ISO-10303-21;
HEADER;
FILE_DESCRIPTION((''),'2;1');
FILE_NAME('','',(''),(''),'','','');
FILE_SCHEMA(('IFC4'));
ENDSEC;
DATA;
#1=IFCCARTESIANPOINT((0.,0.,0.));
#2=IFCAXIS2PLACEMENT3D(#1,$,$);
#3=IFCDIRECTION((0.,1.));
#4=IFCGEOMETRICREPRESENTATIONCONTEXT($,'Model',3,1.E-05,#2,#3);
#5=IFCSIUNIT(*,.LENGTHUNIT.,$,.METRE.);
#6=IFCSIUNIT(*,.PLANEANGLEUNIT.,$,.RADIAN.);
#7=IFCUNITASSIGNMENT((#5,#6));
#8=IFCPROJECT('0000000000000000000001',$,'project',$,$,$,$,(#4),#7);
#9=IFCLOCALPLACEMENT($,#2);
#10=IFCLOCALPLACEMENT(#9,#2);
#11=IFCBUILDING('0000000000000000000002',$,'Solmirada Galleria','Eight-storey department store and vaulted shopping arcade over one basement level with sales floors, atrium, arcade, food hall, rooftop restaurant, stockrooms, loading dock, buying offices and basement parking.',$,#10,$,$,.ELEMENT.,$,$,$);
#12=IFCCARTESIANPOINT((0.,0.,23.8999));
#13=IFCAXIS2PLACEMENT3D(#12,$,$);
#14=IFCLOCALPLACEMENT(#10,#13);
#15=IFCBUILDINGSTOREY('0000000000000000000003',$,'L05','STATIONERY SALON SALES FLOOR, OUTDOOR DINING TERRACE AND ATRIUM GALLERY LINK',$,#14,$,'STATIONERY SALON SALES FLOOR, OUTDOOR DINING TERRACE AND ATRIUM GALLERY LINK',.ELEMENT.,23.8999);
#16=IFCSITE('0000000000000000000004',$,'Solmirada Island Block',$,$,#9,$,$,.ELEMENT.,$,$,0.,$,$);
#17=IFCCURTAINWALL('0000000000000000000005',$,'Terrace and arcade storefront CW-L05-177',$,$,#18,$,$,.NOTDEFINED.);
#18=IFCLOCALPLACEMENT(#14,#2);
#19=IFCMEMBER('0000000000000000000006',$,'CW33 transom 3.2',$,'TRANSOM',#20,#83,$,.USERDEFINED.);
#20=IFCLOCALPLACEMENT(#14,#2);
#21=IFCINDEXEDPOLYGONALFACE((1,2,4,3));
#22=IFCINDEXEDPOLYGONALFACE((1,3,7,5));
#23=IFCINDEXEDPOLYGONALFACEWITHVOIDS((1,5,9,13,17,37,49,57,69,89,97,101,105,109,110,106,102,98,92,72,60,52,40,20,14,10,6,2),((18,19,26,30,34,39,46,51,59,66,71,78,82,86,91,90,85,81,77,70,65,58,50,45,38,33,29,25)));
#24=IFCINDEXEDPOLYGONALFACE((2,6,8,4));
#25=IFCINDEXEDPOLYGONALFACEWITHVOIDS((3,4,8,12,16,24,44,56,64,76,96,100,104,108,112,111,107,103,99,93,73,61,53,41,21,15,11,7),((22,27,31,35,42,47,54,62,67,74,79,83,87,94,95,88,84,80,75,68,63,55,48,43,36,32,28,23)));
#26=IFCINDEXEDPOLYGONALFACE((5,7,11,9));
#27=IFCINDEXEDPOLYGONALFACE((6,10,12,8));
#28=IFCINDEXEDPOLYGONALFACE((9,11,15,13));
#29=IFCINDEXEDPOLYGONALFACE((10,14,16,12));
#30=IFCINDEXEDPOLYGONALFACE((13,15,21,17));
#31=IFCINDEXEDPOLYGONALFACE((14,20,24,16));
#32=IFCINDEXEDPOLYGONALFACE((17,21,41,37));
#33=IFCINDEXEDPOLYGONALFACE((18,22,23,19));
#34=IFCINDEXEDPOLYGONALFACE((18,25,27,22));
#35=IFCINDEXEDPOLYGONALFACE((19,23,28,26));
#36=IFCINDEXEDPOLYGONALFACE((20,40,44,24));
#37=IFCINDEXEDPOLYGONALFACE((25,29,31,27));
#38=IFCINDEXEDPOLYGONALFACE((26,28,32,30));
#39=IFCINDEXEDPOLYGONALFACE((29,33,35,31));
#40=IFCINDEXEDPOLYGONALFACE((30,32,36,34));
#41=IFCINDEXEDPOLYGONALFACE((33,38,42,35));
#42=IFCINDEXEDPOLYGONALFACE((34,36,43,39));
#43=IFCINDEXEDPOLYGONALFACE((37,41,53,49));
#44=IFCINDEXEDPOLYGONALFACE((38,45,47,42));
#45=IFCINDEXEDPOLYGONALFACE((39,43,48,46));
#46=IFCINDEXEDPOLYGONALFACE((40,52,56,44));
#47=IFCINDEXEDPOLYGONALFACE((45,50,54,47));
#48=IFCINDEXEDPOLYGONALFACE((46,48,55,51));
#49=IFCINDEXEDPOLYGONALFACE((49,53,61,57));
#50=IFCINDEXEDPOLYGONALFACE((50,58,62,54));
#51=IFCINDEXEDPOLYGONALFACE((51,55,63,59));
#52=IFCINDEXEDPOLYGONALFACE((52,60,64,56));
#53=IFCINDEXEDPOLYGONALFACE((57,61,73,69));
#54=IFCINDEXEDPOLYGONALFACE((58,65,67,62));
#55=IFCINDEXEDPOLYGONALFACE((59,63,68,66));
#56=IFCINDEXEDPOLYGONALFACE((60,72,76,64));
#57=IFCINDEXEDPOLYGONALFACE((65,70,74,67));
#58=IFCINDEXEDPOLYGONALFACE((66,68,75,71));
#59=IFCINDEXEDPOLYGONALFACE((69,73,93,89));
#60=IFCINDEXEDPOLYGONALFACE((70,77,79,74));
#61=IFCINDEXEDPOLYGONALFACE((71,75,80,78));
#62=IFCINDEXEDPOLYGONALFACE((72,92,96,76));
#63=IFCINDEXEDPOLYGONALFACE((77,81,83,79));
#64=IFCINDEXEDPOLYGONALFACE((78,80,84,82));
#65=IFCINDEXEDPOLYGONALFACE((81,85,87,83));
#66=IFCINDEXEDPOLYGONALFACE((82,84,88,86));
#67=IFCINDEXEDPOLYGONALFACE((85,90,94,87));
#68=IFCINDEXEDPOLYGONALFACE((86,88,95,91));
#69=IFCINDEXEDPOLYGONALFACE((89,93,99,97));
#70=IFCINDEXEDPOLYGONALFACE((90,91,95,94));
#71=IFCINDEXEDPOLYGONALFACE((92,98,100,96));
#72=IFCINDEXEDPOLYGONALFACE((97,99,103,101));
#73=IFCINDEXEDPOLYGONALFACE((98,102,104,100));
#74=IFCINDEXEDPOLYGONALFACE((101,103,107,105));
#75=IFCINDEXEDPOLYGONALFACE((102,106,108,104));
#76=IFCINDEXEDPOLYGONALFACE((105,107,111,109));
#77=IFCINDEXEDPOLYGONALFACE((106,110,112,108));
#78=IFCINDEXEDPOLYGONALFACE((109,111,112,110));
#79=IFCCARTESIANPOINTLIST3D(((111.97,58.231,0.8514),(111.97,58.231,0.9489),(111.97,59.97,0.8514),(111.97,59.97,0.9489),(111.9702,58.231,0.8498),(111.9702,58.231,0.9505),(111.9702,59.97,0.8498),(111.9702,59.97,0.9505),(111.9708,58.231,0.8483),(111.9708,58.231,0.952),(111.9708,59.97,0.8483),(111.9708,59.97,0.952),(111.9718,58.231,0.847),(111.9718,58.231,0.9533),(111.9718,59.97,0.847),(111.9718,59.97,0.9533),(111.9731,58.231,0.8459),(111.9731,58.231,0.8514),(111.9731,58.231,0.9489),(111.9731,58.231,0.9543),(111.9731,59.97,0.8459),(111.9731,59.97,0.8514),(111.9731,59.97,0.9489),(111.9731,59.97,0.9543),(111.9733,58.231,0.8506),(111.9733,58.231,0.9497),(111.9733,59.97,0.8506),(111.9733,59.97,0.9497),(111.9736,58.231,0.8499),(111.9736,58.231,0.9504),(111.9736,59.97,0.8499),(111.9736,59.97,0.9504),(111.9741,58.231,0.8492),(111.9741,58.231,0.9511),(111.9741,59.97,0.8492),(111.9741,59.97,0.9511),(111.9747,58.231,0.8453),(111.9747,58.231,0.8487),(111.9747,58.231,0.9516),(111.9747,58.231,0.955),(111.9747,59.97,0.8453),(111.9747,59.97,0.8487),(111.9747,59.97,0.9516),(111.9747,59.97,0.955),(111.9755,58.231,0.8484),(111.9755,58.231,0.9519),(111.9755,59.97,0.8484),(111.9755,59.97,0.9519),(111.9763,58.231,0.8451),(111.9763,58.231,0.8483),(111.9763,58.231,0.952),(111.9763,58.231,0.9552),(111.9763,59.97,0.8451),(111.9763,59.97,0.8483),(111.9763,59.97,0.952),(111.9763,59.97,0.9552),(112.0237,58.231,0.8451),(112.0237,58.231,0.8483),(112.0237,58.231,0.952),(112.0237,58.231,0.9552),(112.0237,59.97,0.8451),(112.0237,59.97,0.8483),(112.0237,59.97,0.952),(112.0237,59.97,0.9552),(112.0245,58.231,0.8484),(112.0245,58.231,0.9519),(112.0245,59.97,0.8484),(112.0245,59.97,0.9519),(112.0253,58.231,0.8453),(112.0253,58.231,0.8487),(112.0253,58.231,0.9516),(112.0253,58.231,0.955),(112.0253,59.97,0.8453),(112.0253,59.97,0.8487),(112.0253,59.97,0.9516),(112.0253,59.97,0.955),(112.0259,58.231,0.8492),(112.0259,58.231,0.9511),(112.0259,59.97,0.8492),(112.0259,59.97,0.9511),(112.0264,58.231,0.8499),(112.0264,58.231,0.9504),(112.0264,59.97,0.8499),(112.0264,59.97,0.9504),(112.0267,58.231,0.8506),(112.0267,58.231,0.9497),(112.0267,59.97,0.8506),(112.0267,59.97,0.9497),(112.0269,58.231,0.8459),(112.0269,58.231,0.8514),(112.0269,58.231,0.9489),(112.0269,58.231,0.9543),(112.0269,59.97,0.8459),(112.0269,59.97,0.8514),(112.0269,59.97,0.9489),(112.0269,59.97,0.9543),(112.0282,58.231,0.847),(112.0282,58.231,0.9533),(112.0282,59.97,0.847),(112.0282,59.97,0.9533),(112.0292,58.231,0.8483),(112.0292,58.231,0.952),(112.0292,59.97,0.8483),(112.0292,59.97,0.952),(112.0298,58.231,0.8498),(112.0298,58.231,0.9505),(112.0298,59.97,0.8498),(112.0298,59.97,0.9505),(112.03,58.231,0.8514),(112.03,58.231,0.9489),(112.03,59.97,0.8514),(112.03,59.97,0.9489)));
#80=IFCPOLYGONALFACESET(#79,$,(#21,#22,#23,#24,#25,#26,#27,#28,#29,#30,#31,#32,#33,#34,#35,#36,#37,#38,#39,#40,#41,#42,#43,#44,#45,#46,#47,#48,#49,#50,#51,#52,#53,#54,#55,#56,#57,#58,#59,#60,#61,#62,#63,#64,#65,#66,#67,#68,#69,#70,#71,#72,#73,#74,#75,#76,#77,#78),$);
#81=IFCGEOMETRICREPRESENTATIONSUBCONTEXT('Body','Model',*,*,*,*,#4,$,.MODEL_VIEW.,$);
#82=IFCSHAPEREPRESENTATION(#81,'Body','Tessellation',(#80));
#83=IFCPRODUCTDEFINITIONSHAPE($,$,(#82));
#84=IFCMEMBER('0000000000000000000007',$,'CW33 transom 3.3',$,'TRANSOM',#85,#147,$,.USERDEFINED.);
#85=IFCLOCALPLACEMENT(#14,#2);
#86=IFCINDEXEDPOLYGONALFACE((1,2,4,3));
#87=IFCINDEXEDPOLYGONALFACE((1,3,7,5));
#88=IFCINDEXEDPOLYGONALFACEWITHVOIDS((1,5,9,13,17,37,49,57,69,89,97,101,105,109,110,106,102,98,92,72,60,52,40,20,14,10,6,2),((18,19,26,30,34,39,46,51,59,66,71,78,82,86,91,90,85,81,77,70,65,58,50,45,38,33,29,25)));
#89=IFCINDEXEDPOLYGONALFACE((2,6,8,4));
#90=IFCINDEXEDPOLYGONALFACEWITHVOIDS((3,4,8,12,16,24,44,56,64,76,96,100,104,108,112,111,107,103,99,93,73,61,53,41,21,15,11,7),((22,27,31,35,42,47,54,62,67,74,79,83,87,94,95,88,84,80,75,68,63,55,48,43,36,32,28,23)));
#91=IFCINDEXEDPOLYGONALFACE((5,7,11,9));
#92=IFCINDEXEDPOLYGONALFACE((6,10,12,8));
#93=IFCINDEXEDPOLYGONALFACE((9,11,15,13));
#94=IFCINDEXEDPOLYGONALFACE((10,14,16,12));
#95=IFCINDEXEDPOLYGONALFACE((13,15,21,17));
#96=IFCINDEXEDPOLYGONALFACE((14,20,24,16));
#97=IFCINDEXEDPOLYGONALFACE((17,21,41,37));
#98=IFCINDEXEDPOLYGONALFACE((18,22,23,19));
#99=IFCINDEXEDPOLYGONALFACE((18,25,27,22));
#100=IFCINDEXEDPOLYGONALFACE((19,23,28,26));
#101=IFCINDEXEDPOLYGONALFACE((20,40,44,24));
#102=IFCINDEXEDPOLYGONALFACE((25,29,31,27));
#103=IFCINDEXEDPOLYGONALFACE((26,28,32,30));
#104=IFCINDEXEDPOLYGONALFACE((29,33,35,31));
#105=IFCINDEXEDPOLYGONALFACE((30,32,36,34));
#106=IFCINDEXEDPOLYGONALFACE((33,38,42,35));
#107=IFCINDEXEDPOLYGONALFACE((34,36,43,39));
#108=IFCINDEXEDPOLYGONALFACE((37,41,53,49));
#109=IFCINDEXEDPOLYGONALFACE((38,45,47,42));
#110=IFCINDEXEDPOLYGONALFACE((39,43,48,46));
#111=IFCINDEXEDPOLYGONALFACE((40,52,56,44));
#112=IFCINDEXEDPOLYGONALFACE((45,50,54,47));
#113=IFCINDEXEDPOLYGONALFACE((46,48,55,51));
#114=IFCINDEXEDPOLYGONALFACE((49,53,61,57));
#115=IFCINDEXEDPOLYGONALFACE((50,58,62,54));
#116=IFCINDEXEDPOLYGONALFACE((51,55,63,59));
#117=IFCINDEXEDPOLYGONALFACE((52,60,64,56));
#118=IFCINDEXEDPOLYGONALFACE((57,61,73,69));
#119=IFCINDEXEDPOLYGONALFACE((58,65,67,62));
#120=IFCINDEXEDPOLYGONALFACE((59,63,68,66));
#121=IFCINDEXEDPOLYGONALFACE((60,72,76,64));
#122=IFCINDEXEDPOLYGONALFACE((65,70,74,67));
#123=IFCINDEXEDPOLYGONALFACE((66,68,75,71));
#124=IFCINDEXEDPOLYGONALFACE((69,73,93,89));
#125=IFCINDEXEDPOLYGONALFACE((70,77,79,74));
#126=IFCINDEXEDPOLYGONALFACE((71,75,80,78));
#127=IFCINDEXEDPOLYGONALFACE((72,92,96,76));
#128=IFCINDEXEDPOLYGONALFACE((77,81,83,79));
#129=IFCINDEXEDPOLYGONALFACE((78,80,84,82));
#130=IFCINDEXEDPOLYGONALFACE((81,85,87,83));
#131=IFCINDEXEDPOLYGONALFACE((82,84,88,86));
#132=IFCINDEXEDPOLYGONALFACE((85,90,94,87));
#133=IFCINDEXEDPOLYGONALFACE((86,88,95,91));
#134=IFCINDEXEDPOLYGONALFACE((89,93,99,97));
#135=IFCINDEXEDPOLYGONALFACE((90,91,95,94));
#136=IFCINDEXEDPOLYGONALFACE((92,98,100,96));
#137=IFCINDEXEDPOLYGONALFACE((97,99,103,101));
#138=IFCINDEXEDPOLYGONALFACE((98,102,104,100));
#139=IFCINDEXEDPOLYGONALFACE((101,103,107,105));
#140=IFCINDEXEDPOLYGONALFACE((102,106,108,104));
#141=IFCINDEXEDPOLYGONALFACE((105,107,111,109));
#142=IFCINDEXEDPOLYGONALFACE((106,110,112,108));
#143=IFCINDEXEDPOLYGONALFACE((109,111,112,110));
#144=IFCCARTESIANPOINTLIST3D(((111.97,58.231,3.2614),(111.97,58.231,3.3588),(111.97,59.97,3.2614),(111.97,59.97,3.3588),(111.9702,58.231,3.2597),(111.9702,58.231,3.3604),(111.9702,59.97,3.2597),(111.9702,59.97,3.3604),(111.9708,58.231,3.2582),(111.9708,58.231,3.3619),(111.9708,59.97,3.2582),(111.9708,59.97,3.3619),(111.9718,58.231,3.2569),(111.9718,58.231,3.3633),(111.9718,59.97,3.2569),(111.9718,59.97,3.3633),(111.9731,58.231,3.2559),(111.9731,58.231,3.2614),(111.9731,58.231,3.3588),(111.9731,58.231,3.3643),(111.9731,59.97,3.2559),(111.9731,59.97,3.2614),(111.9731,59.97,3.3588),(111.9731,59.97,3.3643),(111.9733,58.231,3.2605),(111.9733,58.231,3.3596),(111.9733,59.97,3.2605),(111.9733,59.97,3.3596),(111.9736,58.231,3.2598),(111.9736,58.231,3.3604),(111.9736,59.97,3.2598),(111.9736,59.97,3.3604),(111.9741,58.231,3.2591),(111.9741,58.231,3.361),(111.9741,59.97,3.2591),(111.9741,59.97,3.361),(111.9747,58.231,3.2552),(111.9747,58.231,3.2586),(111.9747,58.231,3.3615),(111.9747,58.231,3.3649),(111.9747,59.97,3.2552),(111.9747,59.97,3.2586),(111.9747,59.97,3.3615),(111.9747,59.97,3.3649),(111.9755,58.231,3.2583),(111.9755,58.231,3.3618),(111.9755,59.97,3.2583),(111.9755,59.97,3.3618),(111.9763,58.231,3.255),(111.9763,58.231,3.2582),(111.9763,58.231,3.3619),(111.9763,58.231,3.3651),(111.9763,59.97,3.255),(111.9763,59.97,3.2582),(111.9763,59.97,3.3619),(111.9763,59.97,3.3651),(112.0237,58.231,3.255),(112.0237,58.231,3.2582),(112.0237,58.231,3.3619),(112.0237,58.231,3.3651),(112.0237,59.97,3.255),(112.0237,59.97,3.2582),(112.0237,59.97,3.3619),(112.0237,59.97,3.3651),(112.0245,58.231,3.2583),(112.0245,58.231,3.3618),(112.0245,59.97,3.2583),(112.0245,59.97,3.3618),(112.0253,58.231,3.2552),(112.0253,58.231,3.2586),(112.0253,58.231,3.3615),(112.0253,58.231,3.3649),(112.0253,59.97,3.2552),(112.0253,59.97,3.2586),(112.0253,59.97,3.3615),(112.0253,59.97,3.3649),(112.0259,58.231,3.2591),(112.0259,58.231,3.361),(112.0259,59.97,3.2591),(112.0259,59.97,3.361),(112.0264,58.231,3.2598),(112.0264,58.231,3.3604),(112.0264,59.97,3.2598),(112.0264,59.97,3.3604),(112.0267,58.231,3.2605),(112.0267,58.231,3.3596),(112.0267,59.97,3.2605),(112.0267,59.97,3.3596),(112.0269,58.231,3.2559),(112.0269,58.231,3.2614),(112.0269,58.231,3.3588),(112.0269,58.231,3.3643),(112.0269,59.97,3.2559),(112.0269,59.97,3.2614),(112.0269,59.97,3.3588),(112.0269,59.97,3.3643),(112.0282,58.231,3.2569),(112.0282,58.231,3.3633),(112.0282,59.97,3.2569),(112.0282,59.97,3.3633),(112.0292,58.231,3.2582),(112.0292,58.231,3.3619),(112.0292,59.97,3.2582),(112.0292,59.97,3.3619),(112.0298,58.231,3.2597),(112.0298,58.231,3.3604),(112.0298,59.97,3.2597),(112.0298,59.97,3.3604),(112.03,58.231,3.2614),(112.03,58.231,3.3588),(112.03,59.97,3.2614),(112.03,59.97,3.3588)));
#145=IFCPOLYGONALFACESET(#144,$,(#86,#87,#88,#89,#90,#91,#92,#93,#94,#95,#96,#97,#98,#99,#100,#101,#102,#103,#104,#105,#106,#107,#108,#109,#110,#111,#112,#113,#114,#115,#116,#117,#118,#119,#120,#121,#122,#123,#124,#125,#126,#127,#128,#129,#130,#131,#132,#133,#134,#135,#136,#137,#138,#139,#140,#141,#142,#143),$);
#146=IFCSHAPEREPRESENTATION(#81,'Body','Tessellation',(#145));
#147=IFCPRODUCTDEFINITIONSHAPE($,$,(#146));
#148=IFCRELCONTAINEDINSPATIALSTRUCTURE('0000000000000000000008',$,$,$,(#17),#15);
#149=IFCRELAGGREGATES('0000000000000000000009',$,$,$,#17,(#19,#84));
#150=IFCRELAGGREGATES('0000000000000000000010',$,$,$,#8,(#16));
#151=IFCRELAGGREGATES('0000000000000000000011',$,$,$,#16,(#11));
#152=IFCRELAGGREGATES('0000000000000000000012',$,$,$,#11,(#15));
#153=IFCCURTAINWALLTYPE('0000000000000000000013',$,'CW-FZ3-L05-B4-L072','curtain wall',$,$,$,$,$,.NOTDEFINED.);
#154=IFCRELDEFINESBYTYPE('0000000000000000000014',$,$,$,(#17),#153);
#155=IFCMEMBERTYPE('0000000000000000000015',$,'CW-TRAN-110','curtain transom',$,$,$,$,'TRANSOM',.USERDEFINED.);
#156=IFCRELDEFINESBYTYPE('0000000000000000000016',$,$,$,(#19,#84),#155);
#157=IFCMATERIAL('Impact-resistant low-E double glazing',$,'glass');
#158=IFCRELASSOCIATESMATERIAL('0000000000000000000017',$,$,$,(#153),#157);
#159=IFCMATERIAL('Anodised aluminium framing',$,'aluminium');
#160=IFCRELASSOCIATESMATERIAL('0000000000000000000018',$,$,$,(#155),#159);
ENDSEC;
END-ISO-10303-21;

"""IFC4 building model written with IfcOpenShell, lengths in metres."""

from ifc_helpers import new_model, si_unit, direction, frame, origin, origin_2d, place, context, subcontext, project, spatial, hollow_rectangle, extrude, material, material_profile, profile_set, type_object, element, aggregate, save


model = new_model("IFC4")

# Units and contexts
model_context = context("Model", 3, precision=1e-05, world=origin(), true_north=direction((0.0, 1.0)))
body_context = subcontext(model_context, "Body", "Model", "MODEL_VIEW")
ifc_project = project(units=[si_unit("LENGTHUNIT", "METRE"), si_unit("PLANEANGLEUNIT", "RADIAN")], contexts=[model_context])

# Site, building, storey
site_placement = place(None, origin())
site = spatial("IfcSite", under=ifc_project, at=site_placement, Name="Solmirada Island Block", CompositionType="ELEMENT", RefElevation=0.0)
building_placement = place(site_placement, origin())
building = spatial("IfcBuilding", under=site, at=building_placement, Name="Solmirada Galleria", Description="Eight-storey department store and vaulted shopping arcade over one basement level with sales floors, atrium, arcade, food hall, rooftop restaurant, stockrooms, loading dock, buying offices and basement parking.", CompositionType="ELEMENT")
storey_placement = place(building_placement, frame((0.0, 0.0, 23.8999)))
storey = spatial("IfcBuildingStorey", under=building, at=storey_placement, Name="L05", Description="STATIONERY SALON SALES FLOOR, OUTDOOR DINING TERRACE AND ATRIUM GALLERY LINK", LongName="STATIONERY SALON SALES FLOOR, OUTDOOR DINING TERRACE AND ATRIUM GALLERY LINK", CompositionType="ELEMENT", Elevation=23.8999)

# Curtain wall, members
ifc_material_1 = material(Name="Impact-resistant low-E double glazing", Category="glass")
curtain_wall_type = type_object("IfcCurtainWallType", Name="CW-FZ3-L05-B4-L072", Description="curtain wall", PredefinedType="NOTDEFINED", material=ifc_material_1)
curtain_wall_placement = place(storey_placement, origin())
curtain_wall = element("IfcCurtainWall", 1, at=curtain_wall_placement, inside=storey, type_object=curtain_wall_type, Name="Terrace and arcade storefront CW-L05-177", PredefinedType="NOTDEFINED")
ifc_material_2 = material(Name="Anodised aluminium framing", Category="aluminium")
ifc_material_profile_1 = material_profile(ifc_material_2, hollow_rectangle(XDim=0.0601, YDim=0.1101, WallThickness=0.0032, InnerFilletRadius=0.0032, OuterFilletRadius=0.0063, at=origin_2d()), Name="ALU-TRAN-110X60")
ifc_profile_set_1 = profile_set([ifc_material_profile_1], Name="Anodised aluminium framing")
member_type_1 = type_object("IfcMemberType", Name="CW-TRAN-110", Description="curtain transom", ElementType="TRANSOM", PredefinedType="USERDEFINED", material=ifc_profile_set_1)
member_1_placement = place(storey_placement, frame((112.0, 59.97, 0.9001), z_axis=(0.0, -1.0, 0.0), x_axis=(1.0, 0.0, 0.0)))
member_1 = element("IfcMember", 2, at=member_1_placement, type_object=member_type_1, Name="CW33 transom 3.2", ObjectType="TRANSOM", PredefinedType="USERDEFINED", context=body_context, shape_type="SweptSolid", body=[
    extrude(hollow_rectangle(XDim=0.0601, YDim=0.1101, WallThickness=0.0032, InnerFilletRadius=0.0032, OuterFilletRadius=0.0063, at=origin_2d()), origin(), (0.0, 0.0, 1.0), 1.739),
])
member_2_placement = place(storey_placement, frame((112.0, 59.97, 3.3101), z_axis=(0.0, -1.0, 0.0), x_axis=(1.0, 0.0, 0.0)))
member_2 = element("IfcMember", 3, at=member_2_placement, type_object=member_type_1, Name="CW33 transom 3.3", ObjectType="TRANSOM", PredefinedType="USERDEFINED", context=body_context, shape_type="SweptSolid", body=[
    extrude(hollow_rectangle(XDim=0.0601, YDim=0.1101, WallThickness=0.0032, InnerFilletRadius=0.0032, OuterFilletRadius=0.0063, at=origin_2d()), origin(), (0.0, 0.0, 1.0), 1.739),
])
aggregate(curtain_wall, [member_1, member_2])

save(model, "model.ifc")
